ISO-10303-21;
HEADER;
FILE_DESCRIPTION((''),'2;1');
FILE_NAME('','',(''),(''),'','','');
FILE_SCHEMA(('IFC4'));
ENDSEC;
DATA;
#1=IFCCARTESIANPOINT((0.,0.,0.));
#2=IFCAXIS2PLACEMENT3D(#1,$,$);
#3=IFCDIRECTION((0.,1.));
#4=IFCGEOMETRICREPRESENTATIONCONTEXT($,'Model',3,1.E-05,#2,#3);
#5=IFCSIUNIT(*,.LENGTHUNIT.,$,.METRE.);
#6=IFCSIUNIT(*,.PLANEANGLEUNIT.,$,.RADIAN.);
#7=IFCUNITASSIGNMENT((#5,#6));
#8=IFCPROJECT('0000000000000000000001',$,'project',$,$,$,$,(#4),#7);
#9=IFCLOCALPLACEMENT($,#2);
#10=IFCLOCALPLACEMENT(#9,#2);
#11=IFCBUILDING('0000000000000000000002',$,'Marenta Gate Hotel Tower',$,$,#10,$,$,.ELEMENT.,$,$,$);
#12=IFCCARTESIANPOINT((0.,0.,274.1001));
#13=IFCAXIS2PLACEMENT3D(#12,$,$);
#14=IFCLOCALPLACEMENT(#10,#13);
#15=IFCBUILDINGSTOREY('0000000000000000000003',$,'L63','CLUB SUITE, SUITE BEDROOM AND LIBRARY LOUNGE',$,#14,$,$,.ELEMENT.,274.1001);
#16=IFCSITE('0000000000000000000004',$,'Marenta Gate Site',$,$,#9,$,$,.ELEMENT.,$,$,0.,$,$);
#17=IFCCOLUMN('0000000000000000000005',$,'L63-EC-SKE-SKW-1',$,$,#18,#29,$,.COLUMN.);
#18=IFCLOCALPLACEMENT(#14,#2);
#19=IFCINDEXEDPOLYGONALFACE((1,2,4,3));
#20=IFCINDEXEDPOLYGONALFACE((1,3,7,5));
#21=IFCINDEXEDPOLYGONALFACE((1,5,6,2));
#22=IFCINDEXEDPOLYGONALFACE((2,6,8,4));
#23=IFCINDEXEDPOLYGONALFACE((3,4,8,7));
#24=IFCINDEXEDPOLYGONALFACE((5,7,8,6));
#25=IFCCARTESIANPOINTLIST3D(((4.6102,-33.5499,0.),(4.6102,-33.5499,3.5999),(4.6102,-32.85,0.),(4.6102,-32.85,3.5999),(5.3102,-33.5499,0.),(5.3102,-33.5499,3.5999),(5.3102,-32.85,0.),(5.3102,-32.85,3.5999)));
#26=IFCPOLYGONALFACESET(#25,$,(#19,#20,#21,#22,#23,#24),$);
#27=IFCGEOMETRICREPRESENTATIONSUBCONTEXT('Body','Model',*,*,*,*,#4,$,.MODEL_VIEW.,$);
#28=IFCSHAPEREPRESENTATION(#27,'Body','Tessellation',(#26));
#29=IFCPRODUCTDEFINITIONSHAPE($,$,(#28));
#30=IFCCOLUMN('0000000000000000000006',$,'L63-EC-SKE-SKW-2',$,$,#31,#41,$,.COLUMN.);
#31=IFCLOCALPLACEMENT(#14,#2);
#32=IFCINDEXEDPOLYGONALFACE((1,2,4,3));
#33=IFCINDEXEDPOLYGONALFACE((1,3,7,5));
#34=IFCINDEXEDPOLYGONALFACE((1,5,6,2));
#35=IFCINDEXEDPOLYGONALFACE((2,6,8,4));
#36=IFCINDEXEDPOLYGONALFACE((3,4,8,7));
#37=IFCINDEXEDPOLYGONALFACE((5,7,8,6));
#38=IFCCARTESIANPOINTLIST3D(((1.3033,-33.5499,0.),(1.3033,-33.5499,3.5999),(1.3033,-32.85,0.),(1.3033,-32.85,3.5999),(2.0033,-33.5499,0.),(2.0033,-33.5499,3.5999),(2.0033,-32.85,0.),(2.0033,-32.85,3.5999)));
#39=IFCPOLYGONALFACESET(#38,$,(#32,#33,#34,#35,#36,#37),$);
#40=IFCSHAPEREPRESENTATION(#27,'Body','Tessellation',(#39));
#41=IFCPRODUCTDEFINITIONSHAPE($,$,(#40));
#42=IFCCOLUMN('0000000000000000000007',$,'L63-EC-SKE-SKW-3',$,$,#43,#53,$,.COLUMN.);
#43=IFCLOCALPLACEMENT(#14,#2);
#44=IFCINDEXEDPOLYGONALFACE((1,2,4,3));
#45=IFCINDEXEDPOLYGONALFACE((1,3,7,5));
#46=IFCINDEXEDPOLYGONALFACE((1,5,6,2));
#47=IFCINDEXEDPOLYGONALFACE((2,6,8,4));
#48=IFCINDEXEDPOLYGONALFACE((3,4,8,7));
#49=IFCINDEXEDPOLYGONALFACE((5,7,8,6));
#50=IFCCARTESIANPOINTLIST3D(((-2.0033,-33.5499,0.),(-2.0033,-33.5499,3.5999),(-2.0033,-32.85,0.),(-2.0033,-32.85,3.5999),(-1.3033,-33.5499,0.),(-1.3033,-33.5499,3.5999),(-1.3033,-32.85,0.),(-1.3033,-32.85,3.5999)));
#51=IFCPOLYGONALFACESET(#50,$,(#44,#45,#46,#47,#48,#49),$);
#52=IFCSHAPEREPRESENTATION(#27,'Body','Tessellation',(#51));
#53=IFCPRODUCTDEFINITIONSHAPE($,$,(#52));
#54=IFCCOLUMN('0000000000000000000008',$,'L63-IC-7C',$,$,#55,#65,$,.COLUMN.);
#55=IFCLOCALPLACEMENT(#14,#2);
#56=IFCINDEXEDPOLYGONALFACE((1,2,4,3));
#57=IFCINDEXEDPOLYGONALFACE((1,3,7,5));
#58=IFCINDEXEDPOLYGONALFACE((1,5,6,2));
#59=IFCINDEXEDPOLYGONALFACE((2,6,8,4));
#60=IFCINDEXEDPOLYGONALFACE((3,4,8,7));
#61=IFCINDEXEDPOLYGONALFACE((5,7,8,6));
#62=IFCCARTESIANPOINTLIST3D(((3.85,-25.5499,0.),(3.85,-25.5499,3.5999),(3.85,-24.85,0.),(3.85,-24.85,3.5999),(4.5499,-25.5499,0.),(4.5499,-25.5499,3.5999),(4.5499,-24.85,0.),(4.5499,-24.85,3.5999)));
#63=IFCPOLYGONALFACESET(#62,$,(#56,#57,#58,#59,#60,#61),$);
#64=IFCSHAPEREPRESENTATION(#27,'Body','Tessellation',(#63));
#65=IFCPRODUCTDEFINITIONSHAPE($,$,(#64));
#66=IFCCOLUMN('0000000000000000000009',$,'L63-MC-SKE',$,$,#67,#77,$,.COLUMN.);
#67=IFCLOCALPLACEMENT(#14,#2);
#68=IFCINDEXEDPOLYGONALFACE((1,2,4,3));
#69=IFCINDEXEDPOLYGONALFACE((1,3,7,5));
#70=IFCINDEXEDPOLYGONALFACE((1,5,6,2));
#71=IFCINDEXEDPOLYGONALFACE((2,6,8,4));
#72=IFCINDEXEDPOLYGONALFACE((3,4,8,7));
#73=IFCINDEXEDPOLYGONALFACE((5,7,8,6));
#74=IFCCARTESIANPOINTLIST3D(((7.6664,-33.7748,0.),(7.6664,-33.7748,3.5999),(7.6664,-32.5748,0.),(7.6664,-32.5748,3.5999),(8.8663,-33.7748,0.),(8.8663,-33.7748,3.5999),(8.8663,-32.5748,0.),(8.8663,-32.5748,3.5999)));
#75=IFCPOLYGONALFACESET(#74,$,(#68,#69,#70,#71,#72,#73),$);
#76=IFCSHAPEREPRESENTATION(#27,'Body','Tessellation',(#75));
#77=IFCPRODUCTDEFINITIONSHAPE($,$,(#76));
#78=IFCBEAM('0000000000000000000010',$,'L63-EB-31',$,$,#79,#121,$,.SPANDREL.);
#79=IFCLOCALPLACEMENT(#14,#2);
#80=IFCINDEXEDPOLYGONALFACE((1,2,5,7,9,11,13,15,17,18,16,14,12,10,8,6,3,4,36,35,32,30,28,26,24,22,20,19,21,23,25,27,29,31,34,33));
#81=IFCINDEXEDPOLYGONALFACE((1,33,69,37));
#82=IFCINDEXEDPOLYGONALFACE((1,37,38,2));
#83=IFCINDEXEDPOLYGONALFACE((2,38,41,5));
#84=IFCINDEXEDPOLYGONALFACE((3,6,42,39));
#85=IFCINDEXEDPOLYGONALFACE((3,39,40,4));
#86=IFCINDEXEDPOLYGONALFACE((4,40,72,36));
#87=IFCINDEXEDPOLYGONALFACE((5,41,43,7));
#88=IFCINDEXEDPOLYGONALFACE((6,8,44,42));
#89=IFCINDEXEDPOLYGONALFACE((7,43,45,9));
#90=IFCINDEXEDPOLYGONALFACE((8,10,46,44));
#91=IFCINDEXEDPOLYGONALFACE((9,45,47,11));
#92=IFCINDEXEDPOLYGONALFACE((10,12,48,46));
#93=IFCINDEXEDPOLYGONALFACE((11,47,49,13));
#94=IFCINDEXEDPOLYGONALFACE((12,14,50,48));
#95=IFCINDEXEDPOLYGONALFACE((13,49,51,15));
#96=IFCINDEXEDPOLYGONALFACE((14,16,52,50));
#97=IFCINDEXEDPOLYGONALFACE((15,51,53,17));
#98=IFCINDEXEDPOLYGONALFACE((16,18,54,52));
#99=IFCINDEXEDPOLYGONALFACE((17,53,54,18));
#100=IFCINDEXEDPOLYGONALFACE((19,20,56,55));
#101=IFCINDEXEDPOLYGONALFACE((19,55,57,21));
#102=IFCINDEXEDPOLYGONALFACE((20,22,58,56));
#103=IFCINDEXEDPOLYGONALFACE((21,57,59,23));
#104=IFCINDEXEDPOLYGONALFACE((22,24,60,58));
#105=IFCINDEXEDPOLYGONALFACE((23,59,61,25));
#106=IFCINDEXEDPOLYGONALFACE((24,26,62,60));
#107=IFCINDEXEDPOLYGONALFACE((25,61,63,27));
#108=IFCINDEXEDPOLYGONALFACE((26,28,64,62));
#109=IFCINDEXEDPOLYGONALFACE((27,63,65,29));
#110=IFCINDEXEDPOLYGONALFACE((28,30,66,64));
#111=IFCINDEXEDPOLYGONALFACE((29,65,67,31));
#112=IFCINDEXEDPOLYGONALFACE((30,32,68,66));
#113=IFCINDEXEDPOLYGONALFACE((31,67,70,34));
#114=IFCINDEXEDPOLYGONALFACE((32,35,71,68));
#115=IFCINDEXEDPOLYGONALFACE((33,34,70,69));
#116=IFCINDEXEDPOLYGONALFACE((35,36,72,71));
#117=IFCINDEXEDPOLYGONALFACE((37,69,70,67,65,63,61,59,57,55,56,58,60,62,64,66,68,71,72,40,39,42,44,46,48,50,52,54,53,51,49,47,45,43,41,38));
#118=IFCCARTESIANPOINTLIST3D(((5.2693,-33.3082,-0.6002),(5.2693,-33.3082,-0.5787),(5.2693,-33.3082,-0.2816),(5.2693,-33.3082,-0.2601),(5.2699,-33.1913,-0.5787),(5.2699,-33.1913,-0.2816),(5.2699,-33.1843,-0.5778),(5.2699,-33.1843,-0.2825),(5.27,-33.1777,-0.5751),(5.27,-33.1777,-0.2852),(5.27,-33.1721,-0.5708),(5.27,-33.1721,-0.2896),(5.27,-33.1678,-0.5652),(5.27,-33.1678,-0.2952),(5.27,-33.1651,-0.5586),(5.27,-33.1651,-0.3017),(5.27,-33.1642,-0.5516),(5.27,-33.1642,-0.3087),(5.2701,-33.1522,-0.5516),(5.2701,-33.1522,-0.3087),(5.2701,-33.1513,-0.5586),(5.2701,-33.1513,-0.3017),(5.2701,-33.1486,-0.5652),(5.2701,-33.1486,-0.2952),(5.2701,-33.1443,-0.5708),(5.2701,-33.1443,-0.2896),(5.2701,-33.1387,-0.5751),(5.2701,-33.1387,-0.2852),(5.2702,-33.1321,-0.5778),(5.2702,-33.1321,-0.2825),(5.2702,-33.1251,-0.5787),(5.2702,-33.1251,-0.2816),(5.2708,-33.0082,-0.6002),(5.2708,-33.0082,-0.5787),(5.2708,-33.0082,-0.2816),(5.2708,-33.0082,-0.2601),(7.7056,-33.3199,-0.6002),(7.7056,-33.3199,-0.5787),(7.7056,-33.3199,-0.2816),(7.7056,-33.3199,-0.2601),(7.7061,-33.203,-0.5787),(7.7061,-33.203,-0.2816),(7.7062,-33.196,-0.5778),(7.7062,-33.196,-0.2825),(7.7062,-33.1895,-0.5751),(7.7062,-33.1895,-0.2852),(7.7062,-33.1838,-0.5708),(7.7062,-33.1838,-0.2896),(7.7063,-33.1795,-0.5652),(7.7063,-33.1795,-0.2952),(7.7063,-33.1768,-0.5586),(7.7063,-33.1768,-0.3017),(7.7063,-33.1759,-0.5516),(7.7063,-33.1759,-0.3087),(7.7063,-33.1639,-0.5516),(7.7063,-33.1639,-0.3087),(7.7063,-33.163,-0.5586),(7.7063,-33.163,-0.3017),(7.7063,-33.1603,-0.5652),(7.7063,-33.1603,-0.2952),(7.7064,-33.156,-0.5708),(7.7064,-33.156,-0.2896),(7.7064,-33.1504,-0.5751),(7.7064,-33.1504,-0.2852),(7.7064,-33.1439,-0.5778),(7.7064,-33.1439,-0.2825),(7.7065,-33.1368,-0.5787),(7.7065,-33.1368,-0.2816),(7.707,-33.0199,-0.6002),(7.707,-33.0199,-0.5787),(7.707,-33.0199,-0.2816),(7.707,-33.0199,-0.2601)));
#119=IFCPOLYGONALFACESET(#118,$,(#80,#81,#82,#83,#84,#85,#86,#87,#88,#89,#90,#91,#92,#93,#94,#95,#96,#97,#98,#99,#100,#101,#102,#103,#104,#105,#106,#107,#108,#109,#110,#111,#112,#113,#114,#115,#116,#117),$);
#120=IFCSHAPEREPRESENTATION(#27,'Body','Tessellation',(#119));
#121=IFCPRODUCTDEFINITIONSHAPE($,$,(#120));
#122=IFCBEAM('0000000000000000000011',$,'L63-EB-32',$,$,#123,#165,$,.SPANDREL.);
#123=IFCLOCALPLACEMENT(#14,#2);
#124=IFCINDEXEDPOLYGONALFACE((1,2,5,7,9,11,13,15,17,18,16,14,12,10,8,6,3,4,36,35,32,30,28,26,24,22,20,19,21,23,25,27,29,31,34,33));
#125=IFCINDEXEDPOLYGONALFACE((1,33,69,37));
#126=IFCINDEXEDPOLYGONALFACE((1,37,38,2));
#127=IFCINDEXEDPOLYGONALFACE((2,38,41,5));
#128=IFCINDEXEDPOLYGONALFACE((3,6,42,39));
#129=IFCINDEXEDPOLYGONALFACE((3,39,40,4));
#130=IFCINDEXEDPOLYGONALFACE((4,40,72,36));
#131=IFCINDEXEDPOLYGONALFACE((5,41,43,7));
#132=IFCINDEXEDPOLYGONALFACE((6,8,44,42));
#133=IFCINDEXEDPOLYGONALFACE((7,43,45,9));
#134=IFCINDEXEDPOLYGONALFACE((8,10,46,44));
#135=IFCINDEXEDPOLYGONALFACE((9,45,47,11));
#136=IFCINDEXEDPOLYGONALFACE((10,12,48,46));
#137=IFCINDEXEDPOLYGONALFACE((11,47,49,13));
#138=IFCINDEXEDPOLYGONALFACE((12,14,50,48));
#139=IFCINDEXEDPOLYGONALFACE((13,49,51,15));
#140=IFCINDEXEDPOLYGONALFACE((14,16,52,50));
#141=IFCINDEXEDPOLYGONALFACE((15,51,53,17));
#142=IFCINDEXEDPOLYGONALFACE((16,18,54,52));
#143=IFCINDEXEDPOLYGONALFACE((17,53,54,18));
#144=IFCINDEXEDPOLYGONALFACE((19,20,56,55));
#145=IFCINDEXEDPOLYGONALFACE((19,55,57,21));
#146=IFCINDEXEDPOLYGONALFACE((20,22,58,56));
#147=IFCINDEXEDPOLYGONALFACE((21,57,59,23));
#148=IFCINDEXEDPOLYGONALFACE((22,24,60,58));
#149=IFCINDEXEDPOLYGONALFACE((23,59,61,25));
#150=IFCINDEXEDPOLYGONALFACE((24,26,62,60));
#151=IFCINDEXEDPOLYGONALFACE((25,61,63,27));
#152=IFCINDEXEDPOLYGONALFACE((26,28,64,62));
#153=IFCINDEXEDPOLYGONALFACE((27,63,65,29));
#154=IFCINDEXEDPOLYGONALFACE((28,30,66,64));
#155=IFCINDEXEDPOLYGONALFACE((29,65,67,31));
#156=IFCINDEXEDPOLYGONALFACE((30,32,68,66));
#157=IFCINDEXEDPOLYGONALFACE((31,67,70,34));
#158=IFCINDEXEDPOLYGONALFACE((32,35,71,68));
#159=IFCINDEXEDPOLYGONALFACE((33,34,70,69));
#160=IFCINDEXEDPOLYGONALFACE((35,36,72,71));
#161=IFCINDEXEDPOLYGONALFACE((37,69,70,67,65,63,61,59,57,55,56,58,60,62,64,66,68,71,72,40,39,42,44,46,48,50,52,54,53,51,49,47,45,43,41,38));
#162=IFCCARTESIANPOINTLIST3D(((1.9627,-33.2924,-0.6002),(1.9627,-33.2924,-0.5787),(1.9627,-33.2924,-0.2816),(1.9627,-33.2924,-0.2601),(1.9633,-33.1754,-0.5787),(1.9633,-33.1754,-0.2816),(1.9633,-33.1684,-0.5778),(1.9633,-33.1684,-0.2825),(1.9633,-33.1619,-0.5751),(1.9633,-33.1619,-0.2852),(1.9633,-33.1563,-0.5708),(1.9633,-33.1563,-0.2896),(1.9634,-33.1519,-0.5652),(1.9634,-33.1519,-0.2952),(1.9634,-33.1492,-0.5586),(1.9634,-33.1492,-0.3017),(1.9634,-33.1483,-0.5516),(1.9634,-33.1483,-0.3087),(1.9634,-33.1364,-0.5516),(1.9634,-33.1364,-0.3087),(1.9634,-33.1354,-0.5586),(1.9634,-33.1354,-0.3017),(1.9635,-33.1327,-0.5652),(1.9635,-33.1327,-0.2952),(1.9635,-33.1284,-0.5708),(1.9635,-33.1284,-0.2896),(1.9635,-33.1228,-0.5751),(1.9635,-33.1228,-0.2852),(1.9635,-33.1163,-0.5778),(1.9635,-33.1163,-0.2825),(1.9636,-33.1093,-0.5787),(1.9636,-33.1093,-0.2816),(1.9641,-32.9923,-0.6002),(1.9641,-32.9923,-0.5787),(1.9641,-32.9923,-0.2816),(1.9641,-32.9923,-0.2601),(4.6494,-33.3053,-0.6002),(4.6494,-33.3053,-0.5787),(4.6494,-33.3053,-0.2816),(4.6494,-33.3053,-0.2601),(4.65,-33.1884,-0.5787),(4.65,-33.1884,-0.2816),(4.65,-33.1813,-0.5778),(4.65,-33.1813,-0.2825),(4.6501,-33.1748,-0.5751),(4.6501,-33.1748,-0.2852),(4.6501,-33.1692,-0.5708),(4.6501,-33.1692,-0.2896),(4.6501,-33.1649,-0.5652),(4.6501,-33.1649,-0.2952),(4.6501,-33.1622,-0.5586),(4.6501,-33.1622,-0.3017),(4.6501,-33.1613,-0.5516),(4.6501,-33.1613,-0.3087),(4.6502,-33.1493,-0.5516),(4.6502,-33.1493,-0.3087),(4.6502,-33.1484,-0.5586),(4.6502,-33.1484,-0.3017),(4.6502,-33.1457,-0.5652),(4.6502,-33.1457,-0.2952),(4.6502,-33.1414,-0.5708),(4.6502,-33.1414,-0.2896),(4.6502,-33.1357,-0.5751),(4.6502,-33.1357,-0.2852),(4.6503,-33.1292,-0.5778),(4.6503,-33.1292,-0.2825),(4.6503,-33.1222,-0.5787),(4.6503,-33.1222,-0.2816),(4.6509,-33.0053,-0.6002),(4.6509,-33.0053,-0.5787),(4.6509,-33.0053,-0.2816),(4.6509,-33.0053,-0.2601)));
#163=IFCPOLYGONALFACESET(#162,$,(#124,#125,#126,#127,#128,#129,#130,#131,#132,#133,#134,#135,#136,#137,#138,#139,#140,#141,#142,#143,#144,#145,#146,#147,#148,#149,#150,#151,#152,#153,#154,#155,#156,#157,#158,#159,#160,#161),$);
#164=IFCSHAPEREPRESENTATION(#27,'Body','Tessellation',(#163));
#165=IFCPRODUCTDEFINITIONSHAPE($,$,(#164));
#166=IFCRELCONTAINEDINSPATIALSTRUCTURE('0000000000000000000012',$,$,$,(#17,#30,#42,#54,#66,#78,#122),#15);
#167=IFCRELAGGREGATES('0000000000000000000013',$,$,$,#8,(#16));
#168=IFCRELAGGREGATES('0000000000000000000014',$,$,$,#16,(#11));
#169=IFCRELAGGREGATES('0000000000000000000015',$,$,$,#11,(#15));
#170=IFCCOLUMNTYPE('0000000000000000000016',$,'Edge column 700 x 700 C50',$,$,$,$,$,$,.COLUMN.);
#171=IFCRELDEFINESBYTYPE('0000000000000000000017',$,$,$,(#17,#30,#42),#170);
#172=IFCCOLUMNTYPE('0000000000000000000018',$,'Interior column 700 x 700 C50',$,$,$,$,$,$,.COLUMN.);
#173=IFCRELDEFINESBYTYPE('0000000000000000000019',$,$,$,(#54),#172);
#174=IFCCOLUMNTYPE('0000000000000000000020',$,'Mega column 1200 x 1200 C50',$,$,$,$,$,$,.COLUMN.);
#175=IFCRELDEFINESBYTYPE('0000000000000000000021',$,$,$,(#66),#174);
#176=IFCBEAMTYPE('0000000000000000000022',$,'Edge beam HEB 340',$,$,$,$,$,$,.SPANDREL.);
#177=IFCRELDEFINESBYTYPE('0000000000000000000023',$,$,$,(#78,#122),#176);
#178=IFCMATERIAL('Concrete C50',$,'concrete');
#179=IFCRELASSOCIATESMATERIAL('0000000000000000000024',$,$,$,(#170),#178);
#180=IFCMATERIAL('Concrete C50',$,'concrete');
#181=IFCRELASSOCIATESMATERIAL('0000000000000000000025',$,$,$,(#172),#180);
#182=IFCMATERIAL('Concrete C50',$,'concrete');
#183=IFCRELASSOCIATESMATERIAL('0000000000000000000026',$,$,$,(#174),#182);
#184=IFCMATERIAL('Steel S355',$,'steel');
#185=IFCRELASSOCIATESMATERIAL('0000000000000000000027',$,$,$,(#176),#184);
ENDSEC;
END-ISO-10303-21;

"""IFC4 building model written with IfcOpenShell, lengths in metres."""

from ifc_helpers import new_model, si_unit, direction, frame, origin, origin_2d, place, context, subcontext, project, spatial, rectangle, i_section, extrude, material, material_profile, profile_set, type_object, element, save


model = new_model("IFC4")

# Units and contexts
model_context = context("Model", 3, precision=1e-05, world=origin(), true_north=direction((0.0, 1.0)))
body_context = subcontext(model_context, "Body", "Model", "MODEL_VIEW")
ifc_project = project(units=[si_unit("LENGTHUNIT", "METRE"), si_unit("PLANEANGLEUNIT", "RADIAN")], contexts=[model_context])

# Site, building, storey
site_placement = place(None, origin())
site = spatial("IfcSite", under=ifc_project, at=site_placement, Name="Marenta Gate Site", CompositionType="ELEMENT", RefElevation=0.0)
building_placement = place(site_placement, origin())
building = spatial("IfcBuilding", under=site, at=building_placement, Name="Marenta Gate Hotel Tower", CompositionType="ELEMENT")
storey_placement = place(building_placement, frame((0.0, 0.0, 274.1001)))
storey = spatial("IfcBuildingStorey", under=building, at=storey_placement, Name="L63", Description="CLUB SUITE, SUITE BEDROOM AND LIBRARY LOUNGE", CompositionType="ELEMENT", Elevation=274.1001)

# Columns
ifc_material_1 = material(Name="Concrete C50", Category="concrete")
ifc_material_profile_1 = material_profile(ifc_material_1, rectangle(XDim=0.7, YDim=0.7, at=origin_2d()), Name="700 x 700")
ifc_profile_set_1 = profile_set([ifc_material_profile_1], Name="Concrete C50")
column_type_1 = type_object("IfcColumnType", Name="Edge column 700 x 700 C50", PredefinedType="COLUMN", material=ifc_profile_set_1)
for number, where, z_axis, x_axis, name in (
    (1, (4.9602, -33.2, 0.0), (0.0, 0.0, 1.0), (1.0, 0.0, 0.0), "L63-EC-SKE-SKW-1"),
    (2, (1.6533, -33.2, 0.0), (0.0, 0.0, 1.0), (1.0, 0.0, 0.0), "L63-EC-SKE-SKW-2"),
    (3, (-1.6533, -33.2, 0.0), (0.0, 0.0, 1.0), (1.0, 0.0, 0.0), "L63-EC-SKE-SKW-3"),
):
    element("IfcColumn", number, at=place(storey_placement, frame(where, z_axis=z_axis, x_axis=x_axis)), inside=storey, type_object=column_type_1, Name=name, PredefinedType="COLUMN", context=body_context, shape_type="SweptSolid", body=[
        extrude(rectangle(XDim=0.7, YDim=0.7, at=origin_2d()), origin(), (0.0, 0.0, 1.0), 3.5999),
    ])
ifc_material_2 = material(Name="Concrete C50", Category="concrete")
ifc_material_profile_2 = material_profile(ifc_material_2, rectangle(XDim=0.7, YDim=0.7, at=origin_2d()), Name="700 x 700")
ifc_profile_set_2 = profile_set([ifc_material_profile_2], Name="Concrete C50")
column_type_2 = type_object("IfcColumnType", Name="Interior column 700 x 700 C50", PredefinedType="COLUMN", material=ifc_profile_set_2)
column_1_placement = place(storey_placement, frame((4.2, -25.2, 0.0), z_axis=(0.0, 0.0, 1.0), x_axis=(1.0, 0.0, 0.0)))
element("IfcColumn", 4, at=column_1_placement, inside=storey, type_object=column_type_2, Name="L63-IC-7C", PredefinedType="COLUMN", context=body_context, shape_type="SweptSolid", body=[
    extrude(rectangle(XDim=0.7, YDim=0.7, at=origin_2d()), origin(), (0.0, 0.0, 1.0), 3.5999),
])
ifc_material_3 = material(Name="Concrete C50", Category="concrete")
ifc_material_profile_3 = material_profile(ifc_material_3, rectangle(XDim=1.2, YDim=1.2, at=origin_2d()), Name="1200 x 1200")
ifc_profile_set_3 = profile_set([ifc_material_profile_3], Name="Concrete C50")
column_type_3 = type_object("IfcColumnType", Name="Mega column 1200 x 1200 C50", PredefinedType="COLUMN", material=ifc_profile_set_3)
column_2_placement = place(storey_placement, frame((8.2664, -33.1748, 0.0), z_axis=(0.0, 0.0, 1.0), x_axis=(1.0, 0.0, 0.0)))
element("IfcColumn", 5, at=column_2_placement, inside=storey, type_object=column_type_3, Name="L63-MC-SKE", PredefinedType="COLUMN", context=body_context, shape_type="SweptSolid", body=[
    extrude(rectangle(XDim=1.2, YDim=1.2, at=origin_2d()), origin(), (0.0, 0.0, 1.0), 3.5999),
])

# Beams
ifc_material_4 = material(Name="Steel S355", Category="steel")
ifc_material_profile_4 = material_profile(ifc_material_4, i_section(OverallWidth=0.3, OverallDepth=0.3401, WebThickness=0.012, FlangeThickness=0.0215, FilletRadius=0.0271, at=origin_2d()), Name="HEB 340")
ifc_profile_set_4 = profile_set([ifc_material_profile_4], Name="Steel S355")
beam_type_1 = type_object("IfcBeamType", Name="Edge beam HEB 340", PredefinedType="SPANDREL", material=ifc_profile_set_4)
beam_1_placement = place(storey_placement, frame((7.7063, -33.1699, -0.4302), z_axis=(-0.999988, 0.00481, 0.0), x_axis=(-0.00481, -0.999988, 0.0)))
element("IfcBeam", 6, at=beam_1_placement, inside=storey, type_object=beam_type_1, Name="L63-EB-31", PredefinedType="SPANDREL", context=body_context, shape_type="SweptSolid", body=[
    extrude(i_section(OverallWidth=0.3, OverallDepth=0.3401, WebThickness=0.012, FlangeThickness=0.0215, FilletRadius=0.0271, at=origin_2d()), origin(), (0.0, 0.0, 1.0), 2.4363),
])
beam_2_placement = place(storey_placement, frame((4.6501, -33.1553, -0.4302), z_axis=(-0.999988, 0.004816, 0.0), x_axis=(-0.004816, -0.999988, 0.0)))
element("IfcBeam", 7, at=beam_2_placement, inside=storey, type_object=beam_type_1, Name="L63-EB-32", PredefinedType="SPANDREL", context=body_context, shape_type="SweptSolid", body=[
    extrude(i_section(OverallWidth=0.3, OverallDepth=0.3401, WebThickness=0.012, FlangeThickness=0.0215, FilletRadius=0.0271, at=origin_2d()), origin(), (0.0, 0.0, 1.0), 2.6868),
])

save(model, "model.ifc")
